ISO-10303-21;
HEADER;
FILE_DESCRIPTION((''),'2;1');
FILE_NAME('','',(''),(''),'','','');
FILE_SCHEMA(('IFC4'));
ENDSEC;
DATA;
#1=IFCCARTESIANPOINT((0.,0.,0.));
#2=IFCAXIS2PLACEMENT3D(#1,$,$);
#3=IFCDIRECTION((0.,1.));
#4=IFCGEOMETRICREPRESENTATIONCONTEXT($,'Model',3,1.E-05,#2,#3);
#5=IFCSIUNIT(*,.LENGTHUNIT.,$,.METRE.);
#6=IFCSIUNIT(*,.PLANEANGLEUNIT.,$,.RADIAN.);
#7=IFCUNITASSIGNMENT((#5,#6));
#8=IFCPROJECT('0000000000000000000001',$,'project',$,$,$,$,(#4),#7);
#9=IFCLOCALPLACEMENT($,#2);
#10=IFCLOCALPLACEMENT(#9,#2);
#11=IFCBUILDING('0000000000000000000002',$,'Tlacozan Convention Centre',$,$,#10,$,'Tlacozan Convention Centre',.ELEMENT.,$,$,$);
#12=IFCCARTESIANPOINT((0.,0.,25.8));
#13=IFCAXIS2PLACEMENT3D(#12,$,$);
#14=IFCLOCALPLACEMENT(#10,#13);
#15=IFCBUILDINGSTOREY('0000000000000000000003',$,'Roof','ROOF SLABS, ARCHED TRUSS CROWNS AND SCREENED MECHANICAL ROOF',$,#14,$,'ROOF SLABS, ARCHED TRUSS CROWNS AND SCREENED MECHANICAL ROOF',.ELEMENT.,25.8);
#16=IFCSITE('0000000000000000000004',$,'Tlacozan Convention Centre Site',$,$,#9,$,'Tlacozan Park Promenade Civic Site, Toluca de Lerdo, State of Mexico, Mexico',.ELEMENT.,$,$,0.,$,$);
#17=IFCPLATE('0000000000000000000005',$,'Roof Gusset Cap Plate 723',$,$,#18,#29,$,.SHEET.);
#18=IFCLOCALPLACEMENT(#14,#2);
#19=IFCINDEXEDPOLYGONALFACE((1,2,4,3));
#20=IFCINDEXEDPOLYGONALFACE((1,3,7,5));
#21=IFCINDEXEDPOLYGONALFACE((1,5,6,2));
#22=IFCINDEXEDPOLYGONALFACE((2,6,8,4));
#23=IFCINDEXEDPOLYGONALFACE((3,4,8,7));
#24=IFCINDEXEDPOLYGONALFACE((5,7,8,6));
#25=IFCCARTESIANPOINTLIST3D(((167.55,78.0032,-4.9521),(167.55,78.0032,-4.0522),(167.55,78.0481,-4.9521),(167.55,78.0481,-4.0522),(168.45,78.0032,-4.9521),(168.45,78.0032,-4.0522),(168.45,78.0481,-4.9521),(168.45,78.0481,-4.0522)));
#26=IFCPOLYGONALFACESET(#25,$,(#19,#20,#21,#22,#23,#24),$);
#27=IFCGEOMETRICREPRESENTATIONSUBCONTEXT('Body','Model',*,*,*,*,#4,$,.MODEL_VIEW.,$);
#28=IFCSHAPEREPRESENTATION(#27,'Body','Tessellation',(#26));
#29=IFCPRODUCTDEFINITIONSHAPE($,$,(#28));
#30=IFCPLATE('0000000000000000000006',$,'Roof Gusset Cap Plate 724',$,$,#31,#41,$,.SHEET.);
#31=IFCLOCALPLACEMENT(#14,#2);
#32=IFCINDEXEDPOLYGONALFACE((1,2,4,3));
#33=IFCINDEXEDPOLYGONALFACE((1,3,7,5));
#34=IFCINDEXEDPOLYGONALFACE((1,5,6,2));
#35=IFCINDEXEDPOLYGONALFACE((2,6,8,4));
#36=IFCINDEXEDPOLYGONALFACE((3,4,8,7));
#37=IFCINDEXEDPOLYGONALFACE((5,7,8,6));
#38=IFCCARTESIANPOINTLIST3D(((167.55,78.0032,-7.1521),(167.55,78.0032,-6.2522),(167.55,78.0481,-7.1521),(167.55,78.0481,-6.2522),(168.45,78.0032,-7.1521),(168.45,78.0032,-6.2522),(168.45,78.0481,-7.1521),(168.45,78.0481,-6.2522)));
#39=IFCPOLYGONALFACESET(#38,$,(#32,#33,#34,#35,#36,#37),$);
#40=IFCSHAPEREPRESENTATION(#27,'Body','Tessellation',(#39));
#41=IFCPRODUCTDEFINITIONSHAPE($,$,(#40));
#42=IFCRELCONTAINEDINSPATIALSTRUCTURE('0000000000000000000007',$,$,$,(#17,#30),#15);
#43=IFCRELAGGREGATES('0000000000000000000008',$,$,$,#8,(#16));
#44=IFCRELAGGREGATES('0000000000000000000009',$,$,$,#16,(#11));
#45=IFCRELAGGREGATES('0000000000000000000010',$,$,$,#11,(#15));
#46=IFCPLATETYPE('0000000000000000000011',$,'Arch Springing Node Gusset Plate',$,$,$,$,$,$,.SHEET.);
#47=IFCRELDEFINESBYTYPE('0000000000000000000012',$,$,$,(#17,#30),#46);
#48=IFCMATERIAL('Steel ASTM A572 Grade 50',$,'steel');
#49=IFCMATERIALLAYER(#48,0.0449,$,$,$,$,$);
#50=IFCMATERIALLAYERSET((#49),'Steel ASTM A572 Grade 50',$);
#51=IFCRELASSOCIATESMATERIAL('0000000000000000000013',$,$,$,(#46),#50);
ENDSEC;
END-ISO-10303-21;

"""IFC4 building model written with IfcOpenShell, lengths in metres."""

from ifc_helpers import new_model, si_unit, direction, frame, origin, origin_2d, place, context, subcontext, project, spatial, rectangle, extrude, material, layer, layer_set, type_object, element, save


model = new_model("IFC4")

# Units and contexts
model_context = context("Model", 3, precision=1e-05, world=origin(), true_north=direction((0.0, 1.0)))
body_context = subcontext(model_context, "Body", "Model", "MODEL_VIEW")
ifc_project = project(units=[si_unit("LENGTHUNIT", "METRE"), si_unit("PLANEANGLEUNIT", "RADIAN")], contexts=[model_context])

# Site, building, storey
site_placement = place(None, origin())
site = spatial("IfcSite", under=ifc_project, at=site_placement, Name="Tlacozan Convention Centre Site", LongName="Tlacozan Park Promenade Civic Site, Toluca de Lerdo, State of Mexico, Mexico", CompositionType="ELEMENT", RefElevation=0.0)
building_placement = place(site_placement, origin())
building = spatial("IfcBuilding", under=site, at=building_placement, Name="Tlacozan Convention Centre", LongName="Tlacozan Convention Centre", CompositionType="ELEMENT")
storey_placement = place(building_placement, frame((0.0, 0.0, 25.8)))
storey = spatial("IfcBuildingStorey", under=building, at=storey_placement, Name="Roof", Description="ROOF SLABS, ARCHED TRUSS CROWNS AND SCREENED MECHANICAL ROOF", LongName="ROOF SLABS, ARCHED TRUSS CROWNS AND SCREENED MECHANICAL ROOF", CompositionType="ELEMENT", Elevation=25.8)

# Plates
ifc_material_1 = material(Name="Steel ASTM A572 Grade 50", Category="steel")
ifc_layer = layer(ifc_material_1, 0.0449)
ifc_layer_set = layer_set([ifc_layer], Name="Steel ASTM A572 Grade 50")
plate_type = type_object("IfcPlateType", Name="Arch Springing Node Gusset Plate", PredefinedType="SHEET", material=ifc_layer_set)
for number, where, z_axis, x_axis, name in (
    (1, (168.0, 78.0256, -4.9521), (0.0, 0.0, 1.0), (0.0, 1.0, 0.0), "Roof Gusset Cap Plate 723"),
    (2, (168.0, 78.0256, -7.1521), (0.0, 0.0, 1.0), (0.0, 1.0, 0.0), "Roof Gusset Cap Plate 724"),
):
    element("IfcPlate", number, at=place(storey_placement, frame(where, z_axis=z_axis, x_axis=x_axis)), inside=storey, type_object=plate_type, Name=name, PredefinedType="SHEET", context=body_context, shape_type="SweptSolid", body=[
        extrude(rectangle(XDim=0.0449, YDim=0.8999, at=origin_2d()), origin(), (0.0, 0.0, 1.0), 0.8999),
    ])

save(model, "model.ifc")
